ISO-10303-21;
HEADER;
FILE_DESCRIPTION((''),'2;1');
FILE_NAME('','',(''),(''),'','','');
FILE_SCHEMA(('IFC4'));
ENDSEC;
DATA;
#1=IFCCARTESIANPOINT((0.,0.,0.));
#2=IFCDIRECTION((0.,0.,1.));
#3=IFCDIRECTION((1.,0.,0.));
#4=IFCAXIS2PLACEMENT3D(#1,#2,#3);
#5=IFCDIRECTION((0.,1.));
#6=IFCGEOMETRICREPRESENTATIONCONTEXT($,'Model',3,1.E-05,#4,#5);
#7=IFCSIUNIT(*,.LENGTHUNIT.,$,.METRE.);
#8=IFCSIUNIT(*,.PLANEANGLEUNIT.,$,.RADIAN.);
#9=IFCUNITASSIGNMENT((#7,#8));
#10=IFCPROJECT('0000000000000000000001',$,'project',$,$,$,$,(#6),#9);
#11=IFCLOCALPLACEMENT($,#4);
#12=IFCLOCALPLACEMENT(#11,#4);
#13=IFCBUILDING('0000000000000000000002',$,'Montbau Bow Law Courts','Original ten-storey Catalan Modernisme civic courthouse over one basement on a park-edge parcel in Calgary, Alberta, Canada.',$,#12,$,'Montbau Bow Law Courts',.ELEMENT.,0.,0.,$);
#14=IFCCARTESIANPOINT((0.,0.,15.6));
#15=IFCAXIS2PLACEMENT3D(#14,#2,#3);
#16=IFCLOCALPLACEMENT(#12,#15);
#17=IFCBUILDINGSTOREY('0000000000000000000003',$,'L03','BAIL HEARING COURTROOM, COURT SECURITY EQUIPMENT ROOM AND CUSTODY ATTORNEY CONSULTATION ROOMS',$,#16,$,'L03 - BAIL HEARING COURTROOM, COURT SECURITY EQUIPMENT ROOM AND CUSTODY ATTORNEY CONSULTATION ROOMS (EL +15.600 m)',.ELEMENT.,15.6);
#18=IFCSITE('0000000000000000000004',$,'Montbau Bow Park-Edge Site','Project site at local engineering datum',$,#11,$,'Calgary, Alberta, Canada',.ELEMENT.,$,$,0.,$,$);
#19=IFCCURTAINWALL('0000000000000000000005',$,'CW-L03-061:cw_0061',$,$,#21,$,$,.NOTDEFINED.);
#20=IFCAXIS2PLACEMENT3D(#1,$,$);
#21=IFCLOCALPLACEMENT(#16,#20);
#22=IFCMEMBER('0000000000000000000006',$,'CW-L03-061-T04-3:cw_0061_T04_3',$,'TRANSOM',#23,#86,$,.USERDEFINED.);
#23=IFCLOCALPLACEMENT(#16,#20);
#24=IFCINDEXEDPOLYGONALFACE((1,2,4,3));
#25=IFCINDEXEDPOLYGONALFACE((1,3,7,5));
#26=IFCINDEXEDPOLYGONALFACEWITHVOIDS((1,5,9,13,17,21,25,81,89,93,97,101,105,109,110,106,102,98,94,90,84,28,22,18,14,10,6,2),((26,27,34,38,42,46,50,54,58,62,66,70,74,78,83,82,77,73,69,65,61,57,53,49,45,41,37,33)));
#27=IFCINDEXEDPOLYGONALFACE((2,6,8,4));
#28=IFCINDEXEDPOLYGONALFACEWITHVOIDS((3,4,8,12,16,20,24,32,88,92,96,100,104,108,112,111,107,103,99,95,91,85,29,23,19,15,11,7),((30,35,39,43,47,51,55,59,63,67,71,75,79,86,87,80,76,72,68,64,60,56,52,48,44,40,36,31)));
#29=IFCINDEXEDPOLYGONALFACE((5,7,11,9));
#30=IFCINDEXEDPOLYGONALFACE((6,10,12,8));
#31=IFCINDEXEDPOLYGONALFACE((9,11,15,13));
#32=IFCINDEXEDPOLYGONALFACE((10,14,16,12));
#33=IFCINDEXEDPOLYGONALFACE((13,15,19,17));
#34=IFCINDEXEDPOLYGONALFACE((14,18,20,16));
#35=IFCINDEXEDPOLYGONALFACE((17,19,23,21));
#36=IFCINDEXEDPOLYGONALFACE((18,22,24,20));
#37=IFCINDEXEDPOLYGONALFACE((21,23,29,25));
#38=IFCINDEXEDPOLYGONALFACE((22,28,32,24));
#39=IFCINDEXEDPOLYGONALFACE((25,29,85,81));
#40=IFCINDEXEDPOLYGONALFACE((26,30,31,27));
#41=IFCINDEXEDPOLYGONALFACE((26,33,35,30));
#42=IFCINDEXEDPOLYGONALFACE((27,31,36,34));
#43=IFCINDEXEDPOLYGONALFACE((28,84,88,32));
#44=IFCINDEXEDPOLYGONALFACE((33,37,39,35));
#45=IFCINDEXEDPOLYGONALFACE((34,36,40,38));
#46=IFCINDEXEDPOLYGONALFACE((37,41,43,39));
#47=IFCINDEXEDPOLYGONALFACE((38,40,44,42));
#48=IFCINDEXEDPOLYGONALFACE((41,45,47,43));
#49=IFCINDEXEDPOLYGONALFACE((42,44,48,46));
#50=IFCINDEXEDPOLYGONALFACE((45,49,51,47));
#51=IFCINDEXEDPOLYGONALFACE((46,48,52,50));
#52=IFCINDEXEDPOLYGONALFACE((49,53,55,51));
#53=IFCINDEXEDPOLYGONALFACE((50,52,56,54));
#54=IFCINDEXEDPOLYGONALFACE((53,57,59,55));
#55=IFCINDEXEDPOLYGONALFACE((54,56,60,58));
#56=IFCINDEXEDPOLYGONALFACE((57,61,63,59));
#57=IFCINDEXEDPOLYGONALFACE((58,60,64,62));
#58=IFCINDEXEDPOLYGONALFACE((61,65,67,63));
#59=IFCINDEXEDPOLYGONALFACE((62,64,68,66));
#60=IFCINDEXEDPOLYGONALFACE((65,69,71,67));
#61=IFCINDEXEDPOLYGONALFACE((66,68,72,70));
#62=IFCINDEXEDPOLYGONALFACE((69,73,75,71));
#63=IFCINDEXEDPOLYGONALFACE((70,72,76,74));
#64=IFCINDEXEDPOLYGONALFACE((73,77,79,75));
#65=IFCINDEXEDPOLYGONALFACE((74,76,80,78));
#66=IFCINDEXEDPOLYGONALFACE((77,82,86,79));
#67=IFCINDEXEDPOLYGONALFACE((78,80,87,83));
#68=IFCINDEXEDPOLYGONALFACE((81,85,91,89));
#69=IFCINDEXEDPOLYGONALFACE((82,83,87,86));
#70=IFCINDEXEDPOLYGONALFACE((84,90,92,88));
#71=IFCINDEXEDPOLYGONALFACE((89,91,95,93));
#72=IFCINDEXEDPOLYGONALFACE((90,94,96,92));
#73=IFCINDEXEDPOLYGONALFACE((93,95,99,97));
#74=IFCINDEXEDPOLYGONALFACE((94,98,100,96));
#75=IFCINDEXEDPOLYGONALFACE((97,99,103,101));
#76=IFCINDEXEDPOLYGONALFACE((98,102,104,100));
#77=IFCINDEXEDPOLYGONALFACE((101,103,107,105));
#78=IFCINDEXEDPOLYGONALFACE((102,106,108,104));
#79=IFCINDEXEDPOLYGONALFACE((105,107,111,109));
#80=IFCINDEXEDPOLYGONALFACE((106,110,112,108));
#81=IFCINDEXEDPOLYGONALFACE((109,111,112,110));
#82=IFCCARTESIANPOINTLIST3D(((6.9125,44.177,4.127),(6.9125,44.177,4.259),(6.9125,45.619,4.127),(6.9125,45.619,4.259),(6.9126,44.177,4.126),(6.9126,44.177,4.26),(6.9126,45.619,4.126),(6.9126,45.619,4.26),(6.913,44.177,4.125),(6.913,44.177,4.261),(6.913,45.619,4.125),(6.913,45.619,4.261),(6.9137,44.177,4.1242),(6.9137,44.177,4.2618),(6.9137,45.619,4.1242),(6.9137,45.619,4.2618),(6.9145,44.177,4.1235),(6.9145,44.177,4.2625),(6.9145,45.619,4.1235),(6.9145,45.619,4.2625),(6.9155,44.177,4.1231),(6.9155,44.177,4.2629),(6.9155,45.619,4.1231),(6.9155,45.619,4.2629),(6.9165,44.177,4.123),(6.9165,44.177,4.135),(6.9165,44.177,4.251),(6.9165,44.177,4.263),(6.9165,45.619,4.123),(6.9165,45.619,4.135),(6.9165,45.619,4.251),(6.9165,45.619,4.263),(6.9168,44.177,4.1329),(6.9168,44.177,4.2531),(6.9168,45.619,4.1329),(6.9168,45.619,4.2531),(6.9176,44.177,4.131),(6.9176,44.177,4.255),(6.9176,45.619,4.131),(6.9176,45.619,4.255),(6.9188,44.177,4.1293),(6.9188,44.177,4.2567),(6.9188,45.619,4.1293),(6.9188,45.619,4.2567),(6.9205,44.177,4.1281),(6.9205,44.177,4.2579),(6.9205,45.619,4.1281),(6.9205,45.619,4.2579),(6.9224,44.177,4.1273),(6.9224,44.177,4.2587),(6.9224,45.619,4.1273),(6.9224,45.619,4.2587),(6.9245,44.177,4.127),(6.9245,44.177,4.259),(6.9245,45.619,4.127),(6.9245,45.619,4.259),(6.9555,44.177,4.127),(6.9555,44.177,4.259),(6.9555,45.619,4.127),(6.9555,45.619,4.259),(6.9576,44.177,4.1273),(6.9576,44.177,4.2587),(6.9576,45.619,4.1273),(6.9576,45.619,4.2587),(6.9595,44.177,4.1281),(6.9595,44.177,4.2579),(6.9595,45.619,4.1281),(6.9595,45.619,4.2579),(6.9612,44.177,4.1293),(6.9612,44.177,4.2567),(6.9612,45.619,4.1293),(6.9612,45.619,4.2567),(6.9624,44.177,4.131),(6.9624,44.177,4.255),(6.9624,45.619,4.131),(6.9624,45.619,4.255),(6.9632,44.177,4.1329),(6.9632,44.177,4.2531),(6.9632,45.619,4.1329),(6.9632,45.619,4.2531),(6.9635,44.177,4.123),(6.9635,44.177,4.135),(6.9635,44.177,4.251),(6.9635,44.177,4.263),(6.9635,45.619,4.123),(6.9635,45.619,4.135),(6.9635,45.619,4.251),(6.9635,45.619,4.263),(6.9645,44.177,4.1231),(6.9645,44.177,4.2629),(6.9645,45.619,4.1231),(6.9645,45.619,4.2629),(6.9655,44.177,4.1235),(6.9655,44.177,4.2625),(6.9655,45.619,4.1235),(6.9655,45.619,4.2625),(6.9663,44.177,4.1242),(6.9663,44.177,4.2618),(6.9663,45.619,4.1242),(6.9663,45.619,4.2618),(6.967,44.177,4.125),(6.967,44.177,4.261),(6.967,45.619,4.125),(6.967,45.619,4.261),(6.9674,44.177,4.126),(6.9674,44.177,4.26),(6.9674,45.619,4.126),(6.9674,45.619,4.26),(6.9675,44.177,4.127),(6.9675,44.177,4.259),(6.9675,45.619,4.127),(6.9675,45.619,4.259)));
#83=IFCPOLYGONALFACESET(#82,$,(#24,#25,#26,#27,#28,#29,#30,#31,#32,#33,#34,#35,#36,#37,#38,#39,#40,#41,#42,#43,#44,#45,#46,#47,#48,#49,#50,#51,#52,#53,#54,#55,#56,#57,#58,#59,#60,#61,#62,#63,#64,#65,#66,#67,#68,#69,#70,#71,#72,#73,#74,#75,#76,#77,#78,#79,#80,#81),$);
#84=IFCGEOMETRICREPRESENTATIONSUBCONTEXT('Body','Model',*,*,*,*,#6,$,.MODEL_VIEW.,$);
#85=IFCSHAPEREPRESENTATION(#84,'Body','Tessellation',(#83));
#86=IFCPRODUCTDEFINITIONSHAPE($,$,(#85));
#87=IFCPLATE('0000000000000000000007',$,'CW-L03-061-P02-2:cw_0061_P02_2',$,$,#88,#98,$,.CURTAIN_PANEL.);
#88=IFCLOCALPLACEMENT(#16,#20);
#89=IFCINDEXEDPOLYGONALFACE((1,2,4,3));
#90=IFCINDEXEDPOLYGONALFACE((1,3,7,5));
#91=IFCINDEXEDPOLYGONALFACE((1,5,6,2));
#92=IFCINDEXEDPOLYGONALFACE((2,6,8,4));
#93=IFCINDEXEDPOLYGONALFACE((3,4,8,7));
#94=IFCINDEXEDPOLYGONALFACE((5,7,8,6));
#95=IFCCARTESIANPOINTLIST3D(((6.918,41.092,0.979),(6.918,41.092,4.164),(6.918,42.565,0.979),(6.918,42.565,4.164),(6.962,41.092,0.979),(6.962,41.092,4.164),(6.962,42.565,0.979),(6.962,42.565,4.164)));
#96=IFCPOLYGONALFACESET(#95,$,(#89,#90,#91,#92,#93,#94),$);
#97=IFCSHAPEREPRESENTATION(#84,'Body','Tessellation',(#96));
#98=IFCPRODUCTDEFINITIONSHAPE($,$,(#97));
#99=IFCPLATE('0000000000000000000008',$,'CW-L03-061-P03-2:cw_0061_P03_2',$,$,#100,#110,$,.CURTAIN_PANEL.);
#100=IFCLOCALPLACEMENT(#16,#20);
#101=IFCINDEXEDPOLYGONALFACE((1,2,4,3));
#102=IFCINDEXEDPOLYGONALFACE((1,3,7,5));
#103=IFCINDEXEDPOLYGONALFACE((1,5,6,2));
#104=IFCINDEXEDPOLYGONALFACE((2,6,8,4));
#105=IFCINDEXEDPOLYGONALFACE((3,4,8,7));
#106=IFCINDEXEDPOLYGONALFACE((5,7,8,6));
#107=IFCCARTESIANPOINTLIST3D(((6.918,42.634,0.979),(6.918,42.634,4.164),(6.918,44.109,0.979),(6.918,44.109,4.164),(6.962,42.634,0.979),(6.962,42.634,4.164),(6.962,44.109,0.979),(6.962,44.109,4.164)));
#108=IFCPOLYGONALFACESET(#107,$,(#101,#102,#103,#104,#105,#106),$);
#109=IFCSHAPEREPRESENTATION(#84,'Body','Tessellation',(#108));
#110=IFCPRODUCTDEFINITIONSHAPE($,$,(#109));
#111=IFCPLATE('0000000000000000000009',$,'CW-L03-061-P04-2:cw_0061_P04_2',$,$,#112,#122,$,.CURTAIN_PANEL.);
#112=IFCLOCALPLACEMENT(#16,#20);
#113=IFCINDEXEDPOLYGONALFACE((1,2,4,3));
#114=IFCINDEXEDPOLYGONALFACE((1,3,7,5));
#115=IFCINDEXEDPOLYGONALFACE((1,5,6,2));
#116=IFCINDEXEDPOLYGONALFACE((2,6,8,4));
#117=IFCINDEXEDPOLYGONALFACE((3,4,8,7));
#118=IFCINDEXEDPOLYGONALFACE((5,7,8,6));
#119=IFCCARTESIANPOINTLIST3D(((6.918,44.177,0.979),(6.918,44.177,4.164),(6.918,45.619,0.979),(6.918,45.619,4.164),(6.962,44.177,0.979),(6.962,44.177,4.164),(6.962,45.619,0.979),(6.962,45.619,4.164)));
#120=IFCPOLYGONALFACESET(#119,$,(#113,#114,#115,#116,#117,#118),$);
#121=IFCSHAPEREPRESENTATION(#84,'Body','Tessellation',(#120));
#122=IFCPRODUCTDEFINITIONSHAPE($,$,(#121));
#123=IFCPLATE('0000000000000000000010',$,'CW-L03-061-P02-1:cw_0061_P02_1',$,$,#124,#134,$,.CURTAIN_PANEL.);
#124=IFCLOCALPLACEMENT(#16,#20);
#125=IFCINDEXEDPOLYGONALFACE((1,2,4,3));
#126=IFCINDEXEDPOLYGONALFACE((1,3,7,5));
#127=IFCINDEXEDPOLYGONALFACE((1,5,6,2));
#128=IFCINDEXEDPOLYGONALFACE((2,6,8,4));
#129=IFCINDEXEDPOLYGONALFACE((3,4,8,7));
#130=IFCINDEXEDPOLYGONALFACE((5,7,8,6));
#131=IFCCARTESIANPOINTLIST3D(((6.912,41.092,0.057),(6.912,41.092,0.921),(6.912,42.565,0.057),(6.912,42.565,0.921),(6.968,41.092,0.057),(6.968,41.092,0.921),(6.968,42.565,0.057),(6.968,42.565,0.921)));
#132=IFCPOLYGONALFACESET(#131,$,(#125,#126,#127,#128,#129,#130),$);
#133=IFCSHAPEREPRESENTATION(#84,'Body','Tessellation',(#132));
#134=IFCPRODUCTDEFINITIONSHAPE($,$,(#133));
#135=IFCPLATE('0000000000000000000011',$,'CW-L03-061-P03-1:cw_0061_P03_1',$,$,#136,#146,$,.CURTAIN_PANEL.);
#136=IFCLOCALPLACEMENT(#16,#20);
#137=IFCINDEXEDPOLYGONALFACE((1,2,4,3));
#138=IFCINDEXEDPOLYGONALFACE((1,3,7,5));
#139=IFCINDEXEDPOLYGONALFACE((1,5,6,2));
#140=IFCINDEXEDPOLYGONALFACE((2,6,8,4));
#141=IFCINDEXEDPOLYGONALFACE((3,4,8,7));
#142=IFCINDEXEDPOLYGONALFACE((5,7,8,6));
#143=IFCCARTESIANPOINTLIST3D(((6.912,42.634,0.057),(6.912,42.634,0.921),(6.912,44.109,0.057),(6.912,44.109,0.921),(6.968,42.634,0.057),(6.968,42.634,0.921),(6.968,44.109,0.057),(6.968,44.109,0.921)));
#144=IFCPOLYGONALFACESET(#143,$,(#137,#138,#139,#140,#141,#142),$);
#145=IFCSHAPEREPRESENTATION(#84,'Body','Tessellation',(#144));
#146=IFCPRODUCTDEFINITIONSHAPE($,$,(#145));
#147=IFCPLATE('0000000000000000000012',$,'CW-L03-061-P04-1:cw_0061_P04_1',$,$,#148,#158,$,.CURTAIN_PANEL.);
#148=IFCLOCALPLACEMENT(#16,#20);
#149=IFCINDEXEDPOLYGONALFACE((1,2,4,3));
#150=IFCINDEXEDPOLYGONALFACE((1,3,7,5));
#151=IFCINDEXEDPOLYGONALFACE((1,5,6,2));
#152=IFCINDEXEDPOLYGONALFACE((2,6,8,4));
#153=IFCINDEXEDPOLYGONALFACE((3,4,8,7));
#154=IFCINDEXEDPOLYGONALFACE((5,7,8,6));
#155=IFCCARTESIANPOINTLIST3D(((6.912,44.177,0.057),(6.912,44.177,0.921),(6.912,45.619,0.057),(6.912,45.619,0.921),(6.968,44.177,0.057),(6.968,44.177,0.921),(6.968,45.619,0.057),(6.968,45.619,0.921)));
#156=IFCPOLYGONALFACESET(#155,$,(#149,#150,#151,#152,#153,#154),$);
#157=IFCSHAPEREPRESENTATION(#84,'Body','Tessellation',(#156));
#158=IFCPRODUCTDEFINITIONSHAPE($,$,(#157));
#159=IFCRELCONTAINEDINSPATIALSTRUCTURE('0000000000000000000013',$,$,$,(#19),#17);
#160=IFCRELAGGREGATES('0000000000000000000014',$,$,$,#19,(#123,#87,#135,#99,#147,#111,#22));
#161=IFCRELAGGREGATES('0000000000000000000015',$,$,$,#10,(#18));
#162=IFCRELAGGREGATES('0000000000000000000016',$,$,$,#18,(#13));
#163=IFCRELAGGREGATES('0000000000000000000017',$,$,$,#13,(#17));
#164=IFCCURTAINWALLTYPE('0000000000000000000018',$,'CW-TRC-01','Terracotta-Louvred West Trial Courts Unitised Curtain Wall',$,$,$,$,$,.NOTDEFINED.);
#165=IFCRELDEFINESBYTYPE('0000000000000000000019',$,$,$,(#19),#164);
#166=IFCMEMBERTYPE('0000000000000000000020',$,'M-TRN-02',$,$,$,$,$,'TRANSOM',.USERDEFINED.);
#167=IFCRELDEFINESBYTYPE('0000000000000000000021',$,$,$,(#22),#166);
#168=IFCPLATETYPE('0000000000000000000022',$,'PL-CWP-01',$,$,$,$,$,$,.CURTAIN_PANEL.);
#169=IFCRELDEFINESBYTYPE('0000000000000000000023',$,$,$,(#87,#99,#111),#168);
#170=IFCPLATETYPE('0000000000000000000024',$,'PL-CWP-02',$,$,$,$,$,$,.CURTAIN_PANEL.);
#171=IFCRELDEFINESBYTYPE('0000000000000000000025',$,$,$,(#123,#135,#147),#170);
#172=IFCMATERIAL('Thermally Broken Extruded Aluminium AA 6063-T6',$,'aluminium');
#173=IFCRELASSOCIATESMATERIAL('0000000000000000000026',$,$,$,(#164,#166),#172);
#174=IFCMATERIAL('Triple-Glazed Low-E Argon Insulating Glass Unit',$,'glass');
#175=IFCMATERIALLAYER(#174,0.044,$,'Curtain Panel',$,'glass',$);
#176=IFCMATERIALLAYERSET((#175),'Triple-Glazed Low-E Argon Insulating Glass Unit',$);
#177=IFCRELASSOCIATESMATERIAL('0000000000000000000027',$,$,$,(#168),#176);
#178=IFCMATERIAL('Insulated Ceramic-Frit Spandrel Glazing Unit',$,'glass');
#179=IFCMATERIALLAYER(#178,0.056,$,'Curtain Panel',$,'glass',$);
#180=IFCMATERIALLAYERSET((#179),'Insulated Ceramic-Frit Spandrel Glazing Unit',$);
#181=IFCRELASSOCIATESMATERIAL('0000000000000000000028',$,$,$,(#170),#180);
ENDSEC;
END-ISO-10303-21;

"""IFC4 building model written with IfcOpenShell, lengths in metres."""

from ifc_helpers import new_model, si_unit, direction, frame, frame_2d, origin_with_axes, origin_2d_with_axis, place, context, subcontext, project, spatial, rectangle, hollow_rectangle, extrude, material, layer, layer_set, material_profile, profile_set, type_object, element, aggregate, save


model = new_model("IFC4")

# Units and contexts
model_context = context("Model", 3, precision=1e-05, world=origin_with_axes(), true_north=direction((0.0, 1.0)))
body_context = subcontext(model_context, "Body", "Model", "MODEL_VIEW")
ifc_project = project(units=[si_unit("LENGTHUNIT", "METRE"), si_unit("PLANEANGLEUNIT", "RADIAN")], contexts=[model_context])

# Site, building, storey
site_placement = place(None, origin_with_axes())
site = spatial("IfcSite", under=ifc_project, at=site_placement, Name="Montbau Bow Park-Edge Site", Description="Project site at local engineering datum", LongName="Calgary, Alberta, Canada", CompositionType="ELEMENT", RefElevation=0.0)
building_placement = place(site_placement, origin_with_axes())
building = spatial("IfcBuilding", under=site, at=building_placement, Name="Montbau Bow Law Courts", Description="Original ten-storey Catalan Modernisme civic courthouse over one basement on a park-edge parcel in Calgary, Alberta, Canada.", LongName="Montbau Bow Law Courts", CompositionType="ELEMENT", ElevationOfRefHeight=0.0, ElevationOfTerrain=0.0)
storey_placement = place(building_placement, frame((0.0, 0.0, 15.6), z_axis=(0.0, 0.0, 1.0), x_axis=(1.0, 0.0, 0.0)))
storey = spatial("IfcBuildingStorey", under=building, at=storey_placement, Name="L03", Description="BAIL HEARING COURTROOM, COURT SECURITY EQUIPMENT ROOM AND CUSTODY ATTORNEY CONSULTATION ROOMS", LongName="L03 - BAIL HEARING COURTROOM, COURT SECURITY EQUIPMENT ROOM AND CUSTODY ATTORNEY CONSULTATION ROOMS (EL +15.600 m)", CompositionType="ELEMENT", Elevation=15.6)

# Curtain wall, member, plates
ifc_material_1 = material(Name="Thermally Broken Extruded Aluminium AA 6063-T6", Category="aluminium")
curtain_wall_type = type_object("IfcCurtainWallType", Name="CW-TRC-01", Description="Terracotta-Louvred West Trial Courts Unitised Curtain Wall", PredefinedType="NOTDEFINED", material=ifc_material_1)
curtain_wall_placement = place(None, frame((6.94, 39.515, 15.6), z_axis=(0.0, 0.0, 1.0), x_axis=(1.0, 0.0, 0.0)))
curtain_wall = element("IfcCurtainWall", 1, at=curtain_wall_placement, inside=storey, type_object=curtain_wall_type, Name="CW-L03-061:cw_0061", PredefinedType="NOTDEFINED")
ifc_material_profile_1 = material_profile(ifc_material_1, hollow_rectangle(XDim=0.055, YDim=0.14, WallThickness=0.004, InnerFilletRadius=0.008, OuterFilletRadius=0.004, at=origin_2d_with_axis()), Name="CWT-140X55", Category="Main", Priority=0)
ifc_profile_set_1 = profile_set([ifc_material_profile_1], Name="Thermally Broken Extruded Aluminium AA 6063-T6")
member_type_1 = type_object("IfcMemberType", Name="M-TRN-02", ElementType="TRANSOM", PredefinedType="USERDEFINED", material=ifc_profile_set_1)
member_1_placement = place(None, frame((6.94, 44.177, 19.793), z_axis=(0.0, 1.0, 0.0), x_axis=(-1.0, 0.0, 0.0)))
member_1 = element("IfcMember", 2, at=member_1_placement, type_object=member_type_1, Name="CW-L03-061-T04-3:cw_0061_T04_3", ObjectType="TRANSOM", PredefinedType="USERDEFINED", context=body_context, shape_type="SweptSolid", body=[
    extrude(hollow_rectangle(XDim=0.055, YDim=0.14, WallThickness=0.004, InnerFilletRadius=0.008, OuterFilletRadius=0.004, at=origin_2d_with_axis()), origin_with_axes(), (0.0, 0.0, 1.0), 1.442),
])
ifc_material_2 = material(Name="Triple-Glazed Low-E Argon Insulating Glass Unit", Category="glass")
ifc_layer_1 = layer(ifc_material_2, 0.044, Name="Curtain Panel", Category="glass")
ifc_layer_set_1 = layer_set([ifc_layer_1], Name="Triple-Glazed Low-E Argon Insulating Glass Unit")
plate_type_1 = type_object("IfcPlateType", Name="PL-CWP-01", PredefinedType="CURTAIN_PANEL", material=ifc_layer_set_1)
plate_1_placement = place(None, frame((6.94, 41.092, 16.579), z_axis=(1.0, 0.0, 0.0), x_axis=(0.0, 1.0, 0.0)))
plate_1 = element("IfcPlate", 3, at=plate_1_placement, type_object=plate_type_1, Name="CW-L03-061-P02-2:cw_0061_P02_2", PredefinedType="CURTAIN_PANEL", context=body_context, shape_type="SweptSolid", body=[
    extrude(rectangle(XDim=1.473, YDim=3.185, at=frame_2d((0.7365, 1.5925), x_axis=(1.0, 0.0))), frame((0.0, 0.0, -0.022), z_axis=(0.0, 0.0, 1.0), x_axis=(1.0, 0.0, 0.0)), (0.0, 0.0, 1.0), 0.044),
])
plate_2_placement = place(None, frame((6.94, 42.634, 16.579), z_axis=(1.0, 0.0, 0.0), x_axis=(0.0, 1.0, 0.0)))
plate_2 = element("IfcPlate", 4, at=plate_2_placement, type_object=plate_type_1, Name="CW-L03-061-P03-2:cw_0061_P03_2", PredefinedType="CURTAIN_PANEL", context=body_context, shape_type="SweptSolid", body=[
    extrude(rectangle(XDim=1.475, YDim=3.185, at=frame_2d((0.7375, 1.5925), x_axis=(1.0, 0.0))), frame((0.0, 0.0, -0.022), z_axis=(0.0, 0.0, 1.0), x_axis=(1.0, 0.0, 0.0)), (0.0, 0.0, 1.0), 0.044),
])
plate_3_placement = place(None, frame((6.94, 44.177, 16.579), z_axis=(1.0, 0.0, 0.0), x_axis=(0.0, 1.0, 0.0)))
plate_3 = element("IfcPlate", 5, at=plate_3_placement, type_object=plate_type_1, Name="CW-L03-061-P04-2:cw_0061_P04_2", PredefinedType="CURTAIN_PANEL", context=body_context, shape_type="SweptSolid", body=[
    extrude(rectangle(XDim=1.442, YDim=3.185, at=frame_2d((0.721, 1.5925), x_axis=(1.0, 0.0))), frame((0.0, 0.0, -0.022), z_axis=(0.0, 0.0, 1.0), x_axis=(1.0, 0.0, 0.0)), (0.0, 0.0, 1.0), 0.044),
])
ifc_material_3 = material(Name="Insulated Ceramic-Frit Spandrel Glazing Unit", Category="glass")
ifc_layer_2 = layer(ifc_material_3, 0.056, Name="Curtain Panel", Category="glass")
ifc_layer_set_2 = layer_set([ifc_layer_2], Name="Insulated Ceramic-Frit Spandrel Glazing Unit")
plate_type_2 = type_object("IfcPlateType", Name="PL-CWP-02", PredefinedType="CURTAIN_PANEL", material=ifc_layer_set_2)
plate_4_placement = place(None, frame((6.94, 41.092, 15.657), z_axis=(1.0, 0.0, 0.0), x_axis=(0.0, 1.0, 0.0)))
plate_4 = element("IfcPlate", 6, at=plate_4_placement, type_object=plate_type_2, Name="CW-L03-061-P02-1:cw_0061_P02_1", PredefinedType="CURTAIN_PANEL", context=body_context, shape_type="SweptSolid", body=[
    extrude(rectangle(XDim=1.473, YDim=0.864, at=frame_2d((0.7365, 0.432), x_axis=(1.0, 0.0))), frame((0.0, 0.0, -0.028), z_axis=(0.0, 0.0, 1.0), x_axis=(1.0, 0.0, 0.0)), (0.0, 0.0, 1.0), 0.056),
])
plate_5_placement = place(None, frame((6.94, 42.634, 15.657), z_axis=(1.0, 0.0, 0.0), x_axis=(0.0, 1.0, 0.0)))
plate_5 = element("IfcPlate", 7, at=plate_5_placement, type_object=plate_type_2, Name="CW-L03-061-P03-1:cw_0061_P03_1", PredefinedType="CURTAIN_PANEL", context=body_context, shape_type="SweptSolid", body=[
    extrude(rectangle(XDim=1.475, YDim=0.864, at=frame_2d((0.7375, 0.432), x_axis=(1.0, 0.0))), frame((0.0, 0.0, -0.028), z_axis=(0.0, 0.0, 1.0), x_axis=(1.0, 0.0, 0.0)), (0.0, 0.0, 1.0), 0.056),
])
plate_6_placement = place(None, frame((6.94, 44.177, 15.657), z_axis=(1.0, 0.0, 0.0), x_axis=(0.0, 1.0, 0.0)))
plate_6 = element("IfcPlate", 8, at=plate_6_placement, type_object=plate_type_2, Name="CW-L03-061-P04-1:cw_0061_P04_1", PredefinedType="CURTAIN_PANEL", context=body_context, shape_type="SweptSolid", body=[
    extrude(rectangle(XDim=1.442, YDim=0.864, at=frame_2d((0.721, 0.432), x_axis=(1.0, 0.0))), frame((0.0, 0.0, -0.028), z_axis=(0.0, 0.0, 1.0), x_axis=(1.0, 0.0, 0.0)), (0.0, 0.0, 1.0), 0.056),
])
aggregate(curtain_wall, [plate_4, plate_1, plate_5, plate_2, plate_6, plate_3, member_1])

save(model, "model.ifc")
